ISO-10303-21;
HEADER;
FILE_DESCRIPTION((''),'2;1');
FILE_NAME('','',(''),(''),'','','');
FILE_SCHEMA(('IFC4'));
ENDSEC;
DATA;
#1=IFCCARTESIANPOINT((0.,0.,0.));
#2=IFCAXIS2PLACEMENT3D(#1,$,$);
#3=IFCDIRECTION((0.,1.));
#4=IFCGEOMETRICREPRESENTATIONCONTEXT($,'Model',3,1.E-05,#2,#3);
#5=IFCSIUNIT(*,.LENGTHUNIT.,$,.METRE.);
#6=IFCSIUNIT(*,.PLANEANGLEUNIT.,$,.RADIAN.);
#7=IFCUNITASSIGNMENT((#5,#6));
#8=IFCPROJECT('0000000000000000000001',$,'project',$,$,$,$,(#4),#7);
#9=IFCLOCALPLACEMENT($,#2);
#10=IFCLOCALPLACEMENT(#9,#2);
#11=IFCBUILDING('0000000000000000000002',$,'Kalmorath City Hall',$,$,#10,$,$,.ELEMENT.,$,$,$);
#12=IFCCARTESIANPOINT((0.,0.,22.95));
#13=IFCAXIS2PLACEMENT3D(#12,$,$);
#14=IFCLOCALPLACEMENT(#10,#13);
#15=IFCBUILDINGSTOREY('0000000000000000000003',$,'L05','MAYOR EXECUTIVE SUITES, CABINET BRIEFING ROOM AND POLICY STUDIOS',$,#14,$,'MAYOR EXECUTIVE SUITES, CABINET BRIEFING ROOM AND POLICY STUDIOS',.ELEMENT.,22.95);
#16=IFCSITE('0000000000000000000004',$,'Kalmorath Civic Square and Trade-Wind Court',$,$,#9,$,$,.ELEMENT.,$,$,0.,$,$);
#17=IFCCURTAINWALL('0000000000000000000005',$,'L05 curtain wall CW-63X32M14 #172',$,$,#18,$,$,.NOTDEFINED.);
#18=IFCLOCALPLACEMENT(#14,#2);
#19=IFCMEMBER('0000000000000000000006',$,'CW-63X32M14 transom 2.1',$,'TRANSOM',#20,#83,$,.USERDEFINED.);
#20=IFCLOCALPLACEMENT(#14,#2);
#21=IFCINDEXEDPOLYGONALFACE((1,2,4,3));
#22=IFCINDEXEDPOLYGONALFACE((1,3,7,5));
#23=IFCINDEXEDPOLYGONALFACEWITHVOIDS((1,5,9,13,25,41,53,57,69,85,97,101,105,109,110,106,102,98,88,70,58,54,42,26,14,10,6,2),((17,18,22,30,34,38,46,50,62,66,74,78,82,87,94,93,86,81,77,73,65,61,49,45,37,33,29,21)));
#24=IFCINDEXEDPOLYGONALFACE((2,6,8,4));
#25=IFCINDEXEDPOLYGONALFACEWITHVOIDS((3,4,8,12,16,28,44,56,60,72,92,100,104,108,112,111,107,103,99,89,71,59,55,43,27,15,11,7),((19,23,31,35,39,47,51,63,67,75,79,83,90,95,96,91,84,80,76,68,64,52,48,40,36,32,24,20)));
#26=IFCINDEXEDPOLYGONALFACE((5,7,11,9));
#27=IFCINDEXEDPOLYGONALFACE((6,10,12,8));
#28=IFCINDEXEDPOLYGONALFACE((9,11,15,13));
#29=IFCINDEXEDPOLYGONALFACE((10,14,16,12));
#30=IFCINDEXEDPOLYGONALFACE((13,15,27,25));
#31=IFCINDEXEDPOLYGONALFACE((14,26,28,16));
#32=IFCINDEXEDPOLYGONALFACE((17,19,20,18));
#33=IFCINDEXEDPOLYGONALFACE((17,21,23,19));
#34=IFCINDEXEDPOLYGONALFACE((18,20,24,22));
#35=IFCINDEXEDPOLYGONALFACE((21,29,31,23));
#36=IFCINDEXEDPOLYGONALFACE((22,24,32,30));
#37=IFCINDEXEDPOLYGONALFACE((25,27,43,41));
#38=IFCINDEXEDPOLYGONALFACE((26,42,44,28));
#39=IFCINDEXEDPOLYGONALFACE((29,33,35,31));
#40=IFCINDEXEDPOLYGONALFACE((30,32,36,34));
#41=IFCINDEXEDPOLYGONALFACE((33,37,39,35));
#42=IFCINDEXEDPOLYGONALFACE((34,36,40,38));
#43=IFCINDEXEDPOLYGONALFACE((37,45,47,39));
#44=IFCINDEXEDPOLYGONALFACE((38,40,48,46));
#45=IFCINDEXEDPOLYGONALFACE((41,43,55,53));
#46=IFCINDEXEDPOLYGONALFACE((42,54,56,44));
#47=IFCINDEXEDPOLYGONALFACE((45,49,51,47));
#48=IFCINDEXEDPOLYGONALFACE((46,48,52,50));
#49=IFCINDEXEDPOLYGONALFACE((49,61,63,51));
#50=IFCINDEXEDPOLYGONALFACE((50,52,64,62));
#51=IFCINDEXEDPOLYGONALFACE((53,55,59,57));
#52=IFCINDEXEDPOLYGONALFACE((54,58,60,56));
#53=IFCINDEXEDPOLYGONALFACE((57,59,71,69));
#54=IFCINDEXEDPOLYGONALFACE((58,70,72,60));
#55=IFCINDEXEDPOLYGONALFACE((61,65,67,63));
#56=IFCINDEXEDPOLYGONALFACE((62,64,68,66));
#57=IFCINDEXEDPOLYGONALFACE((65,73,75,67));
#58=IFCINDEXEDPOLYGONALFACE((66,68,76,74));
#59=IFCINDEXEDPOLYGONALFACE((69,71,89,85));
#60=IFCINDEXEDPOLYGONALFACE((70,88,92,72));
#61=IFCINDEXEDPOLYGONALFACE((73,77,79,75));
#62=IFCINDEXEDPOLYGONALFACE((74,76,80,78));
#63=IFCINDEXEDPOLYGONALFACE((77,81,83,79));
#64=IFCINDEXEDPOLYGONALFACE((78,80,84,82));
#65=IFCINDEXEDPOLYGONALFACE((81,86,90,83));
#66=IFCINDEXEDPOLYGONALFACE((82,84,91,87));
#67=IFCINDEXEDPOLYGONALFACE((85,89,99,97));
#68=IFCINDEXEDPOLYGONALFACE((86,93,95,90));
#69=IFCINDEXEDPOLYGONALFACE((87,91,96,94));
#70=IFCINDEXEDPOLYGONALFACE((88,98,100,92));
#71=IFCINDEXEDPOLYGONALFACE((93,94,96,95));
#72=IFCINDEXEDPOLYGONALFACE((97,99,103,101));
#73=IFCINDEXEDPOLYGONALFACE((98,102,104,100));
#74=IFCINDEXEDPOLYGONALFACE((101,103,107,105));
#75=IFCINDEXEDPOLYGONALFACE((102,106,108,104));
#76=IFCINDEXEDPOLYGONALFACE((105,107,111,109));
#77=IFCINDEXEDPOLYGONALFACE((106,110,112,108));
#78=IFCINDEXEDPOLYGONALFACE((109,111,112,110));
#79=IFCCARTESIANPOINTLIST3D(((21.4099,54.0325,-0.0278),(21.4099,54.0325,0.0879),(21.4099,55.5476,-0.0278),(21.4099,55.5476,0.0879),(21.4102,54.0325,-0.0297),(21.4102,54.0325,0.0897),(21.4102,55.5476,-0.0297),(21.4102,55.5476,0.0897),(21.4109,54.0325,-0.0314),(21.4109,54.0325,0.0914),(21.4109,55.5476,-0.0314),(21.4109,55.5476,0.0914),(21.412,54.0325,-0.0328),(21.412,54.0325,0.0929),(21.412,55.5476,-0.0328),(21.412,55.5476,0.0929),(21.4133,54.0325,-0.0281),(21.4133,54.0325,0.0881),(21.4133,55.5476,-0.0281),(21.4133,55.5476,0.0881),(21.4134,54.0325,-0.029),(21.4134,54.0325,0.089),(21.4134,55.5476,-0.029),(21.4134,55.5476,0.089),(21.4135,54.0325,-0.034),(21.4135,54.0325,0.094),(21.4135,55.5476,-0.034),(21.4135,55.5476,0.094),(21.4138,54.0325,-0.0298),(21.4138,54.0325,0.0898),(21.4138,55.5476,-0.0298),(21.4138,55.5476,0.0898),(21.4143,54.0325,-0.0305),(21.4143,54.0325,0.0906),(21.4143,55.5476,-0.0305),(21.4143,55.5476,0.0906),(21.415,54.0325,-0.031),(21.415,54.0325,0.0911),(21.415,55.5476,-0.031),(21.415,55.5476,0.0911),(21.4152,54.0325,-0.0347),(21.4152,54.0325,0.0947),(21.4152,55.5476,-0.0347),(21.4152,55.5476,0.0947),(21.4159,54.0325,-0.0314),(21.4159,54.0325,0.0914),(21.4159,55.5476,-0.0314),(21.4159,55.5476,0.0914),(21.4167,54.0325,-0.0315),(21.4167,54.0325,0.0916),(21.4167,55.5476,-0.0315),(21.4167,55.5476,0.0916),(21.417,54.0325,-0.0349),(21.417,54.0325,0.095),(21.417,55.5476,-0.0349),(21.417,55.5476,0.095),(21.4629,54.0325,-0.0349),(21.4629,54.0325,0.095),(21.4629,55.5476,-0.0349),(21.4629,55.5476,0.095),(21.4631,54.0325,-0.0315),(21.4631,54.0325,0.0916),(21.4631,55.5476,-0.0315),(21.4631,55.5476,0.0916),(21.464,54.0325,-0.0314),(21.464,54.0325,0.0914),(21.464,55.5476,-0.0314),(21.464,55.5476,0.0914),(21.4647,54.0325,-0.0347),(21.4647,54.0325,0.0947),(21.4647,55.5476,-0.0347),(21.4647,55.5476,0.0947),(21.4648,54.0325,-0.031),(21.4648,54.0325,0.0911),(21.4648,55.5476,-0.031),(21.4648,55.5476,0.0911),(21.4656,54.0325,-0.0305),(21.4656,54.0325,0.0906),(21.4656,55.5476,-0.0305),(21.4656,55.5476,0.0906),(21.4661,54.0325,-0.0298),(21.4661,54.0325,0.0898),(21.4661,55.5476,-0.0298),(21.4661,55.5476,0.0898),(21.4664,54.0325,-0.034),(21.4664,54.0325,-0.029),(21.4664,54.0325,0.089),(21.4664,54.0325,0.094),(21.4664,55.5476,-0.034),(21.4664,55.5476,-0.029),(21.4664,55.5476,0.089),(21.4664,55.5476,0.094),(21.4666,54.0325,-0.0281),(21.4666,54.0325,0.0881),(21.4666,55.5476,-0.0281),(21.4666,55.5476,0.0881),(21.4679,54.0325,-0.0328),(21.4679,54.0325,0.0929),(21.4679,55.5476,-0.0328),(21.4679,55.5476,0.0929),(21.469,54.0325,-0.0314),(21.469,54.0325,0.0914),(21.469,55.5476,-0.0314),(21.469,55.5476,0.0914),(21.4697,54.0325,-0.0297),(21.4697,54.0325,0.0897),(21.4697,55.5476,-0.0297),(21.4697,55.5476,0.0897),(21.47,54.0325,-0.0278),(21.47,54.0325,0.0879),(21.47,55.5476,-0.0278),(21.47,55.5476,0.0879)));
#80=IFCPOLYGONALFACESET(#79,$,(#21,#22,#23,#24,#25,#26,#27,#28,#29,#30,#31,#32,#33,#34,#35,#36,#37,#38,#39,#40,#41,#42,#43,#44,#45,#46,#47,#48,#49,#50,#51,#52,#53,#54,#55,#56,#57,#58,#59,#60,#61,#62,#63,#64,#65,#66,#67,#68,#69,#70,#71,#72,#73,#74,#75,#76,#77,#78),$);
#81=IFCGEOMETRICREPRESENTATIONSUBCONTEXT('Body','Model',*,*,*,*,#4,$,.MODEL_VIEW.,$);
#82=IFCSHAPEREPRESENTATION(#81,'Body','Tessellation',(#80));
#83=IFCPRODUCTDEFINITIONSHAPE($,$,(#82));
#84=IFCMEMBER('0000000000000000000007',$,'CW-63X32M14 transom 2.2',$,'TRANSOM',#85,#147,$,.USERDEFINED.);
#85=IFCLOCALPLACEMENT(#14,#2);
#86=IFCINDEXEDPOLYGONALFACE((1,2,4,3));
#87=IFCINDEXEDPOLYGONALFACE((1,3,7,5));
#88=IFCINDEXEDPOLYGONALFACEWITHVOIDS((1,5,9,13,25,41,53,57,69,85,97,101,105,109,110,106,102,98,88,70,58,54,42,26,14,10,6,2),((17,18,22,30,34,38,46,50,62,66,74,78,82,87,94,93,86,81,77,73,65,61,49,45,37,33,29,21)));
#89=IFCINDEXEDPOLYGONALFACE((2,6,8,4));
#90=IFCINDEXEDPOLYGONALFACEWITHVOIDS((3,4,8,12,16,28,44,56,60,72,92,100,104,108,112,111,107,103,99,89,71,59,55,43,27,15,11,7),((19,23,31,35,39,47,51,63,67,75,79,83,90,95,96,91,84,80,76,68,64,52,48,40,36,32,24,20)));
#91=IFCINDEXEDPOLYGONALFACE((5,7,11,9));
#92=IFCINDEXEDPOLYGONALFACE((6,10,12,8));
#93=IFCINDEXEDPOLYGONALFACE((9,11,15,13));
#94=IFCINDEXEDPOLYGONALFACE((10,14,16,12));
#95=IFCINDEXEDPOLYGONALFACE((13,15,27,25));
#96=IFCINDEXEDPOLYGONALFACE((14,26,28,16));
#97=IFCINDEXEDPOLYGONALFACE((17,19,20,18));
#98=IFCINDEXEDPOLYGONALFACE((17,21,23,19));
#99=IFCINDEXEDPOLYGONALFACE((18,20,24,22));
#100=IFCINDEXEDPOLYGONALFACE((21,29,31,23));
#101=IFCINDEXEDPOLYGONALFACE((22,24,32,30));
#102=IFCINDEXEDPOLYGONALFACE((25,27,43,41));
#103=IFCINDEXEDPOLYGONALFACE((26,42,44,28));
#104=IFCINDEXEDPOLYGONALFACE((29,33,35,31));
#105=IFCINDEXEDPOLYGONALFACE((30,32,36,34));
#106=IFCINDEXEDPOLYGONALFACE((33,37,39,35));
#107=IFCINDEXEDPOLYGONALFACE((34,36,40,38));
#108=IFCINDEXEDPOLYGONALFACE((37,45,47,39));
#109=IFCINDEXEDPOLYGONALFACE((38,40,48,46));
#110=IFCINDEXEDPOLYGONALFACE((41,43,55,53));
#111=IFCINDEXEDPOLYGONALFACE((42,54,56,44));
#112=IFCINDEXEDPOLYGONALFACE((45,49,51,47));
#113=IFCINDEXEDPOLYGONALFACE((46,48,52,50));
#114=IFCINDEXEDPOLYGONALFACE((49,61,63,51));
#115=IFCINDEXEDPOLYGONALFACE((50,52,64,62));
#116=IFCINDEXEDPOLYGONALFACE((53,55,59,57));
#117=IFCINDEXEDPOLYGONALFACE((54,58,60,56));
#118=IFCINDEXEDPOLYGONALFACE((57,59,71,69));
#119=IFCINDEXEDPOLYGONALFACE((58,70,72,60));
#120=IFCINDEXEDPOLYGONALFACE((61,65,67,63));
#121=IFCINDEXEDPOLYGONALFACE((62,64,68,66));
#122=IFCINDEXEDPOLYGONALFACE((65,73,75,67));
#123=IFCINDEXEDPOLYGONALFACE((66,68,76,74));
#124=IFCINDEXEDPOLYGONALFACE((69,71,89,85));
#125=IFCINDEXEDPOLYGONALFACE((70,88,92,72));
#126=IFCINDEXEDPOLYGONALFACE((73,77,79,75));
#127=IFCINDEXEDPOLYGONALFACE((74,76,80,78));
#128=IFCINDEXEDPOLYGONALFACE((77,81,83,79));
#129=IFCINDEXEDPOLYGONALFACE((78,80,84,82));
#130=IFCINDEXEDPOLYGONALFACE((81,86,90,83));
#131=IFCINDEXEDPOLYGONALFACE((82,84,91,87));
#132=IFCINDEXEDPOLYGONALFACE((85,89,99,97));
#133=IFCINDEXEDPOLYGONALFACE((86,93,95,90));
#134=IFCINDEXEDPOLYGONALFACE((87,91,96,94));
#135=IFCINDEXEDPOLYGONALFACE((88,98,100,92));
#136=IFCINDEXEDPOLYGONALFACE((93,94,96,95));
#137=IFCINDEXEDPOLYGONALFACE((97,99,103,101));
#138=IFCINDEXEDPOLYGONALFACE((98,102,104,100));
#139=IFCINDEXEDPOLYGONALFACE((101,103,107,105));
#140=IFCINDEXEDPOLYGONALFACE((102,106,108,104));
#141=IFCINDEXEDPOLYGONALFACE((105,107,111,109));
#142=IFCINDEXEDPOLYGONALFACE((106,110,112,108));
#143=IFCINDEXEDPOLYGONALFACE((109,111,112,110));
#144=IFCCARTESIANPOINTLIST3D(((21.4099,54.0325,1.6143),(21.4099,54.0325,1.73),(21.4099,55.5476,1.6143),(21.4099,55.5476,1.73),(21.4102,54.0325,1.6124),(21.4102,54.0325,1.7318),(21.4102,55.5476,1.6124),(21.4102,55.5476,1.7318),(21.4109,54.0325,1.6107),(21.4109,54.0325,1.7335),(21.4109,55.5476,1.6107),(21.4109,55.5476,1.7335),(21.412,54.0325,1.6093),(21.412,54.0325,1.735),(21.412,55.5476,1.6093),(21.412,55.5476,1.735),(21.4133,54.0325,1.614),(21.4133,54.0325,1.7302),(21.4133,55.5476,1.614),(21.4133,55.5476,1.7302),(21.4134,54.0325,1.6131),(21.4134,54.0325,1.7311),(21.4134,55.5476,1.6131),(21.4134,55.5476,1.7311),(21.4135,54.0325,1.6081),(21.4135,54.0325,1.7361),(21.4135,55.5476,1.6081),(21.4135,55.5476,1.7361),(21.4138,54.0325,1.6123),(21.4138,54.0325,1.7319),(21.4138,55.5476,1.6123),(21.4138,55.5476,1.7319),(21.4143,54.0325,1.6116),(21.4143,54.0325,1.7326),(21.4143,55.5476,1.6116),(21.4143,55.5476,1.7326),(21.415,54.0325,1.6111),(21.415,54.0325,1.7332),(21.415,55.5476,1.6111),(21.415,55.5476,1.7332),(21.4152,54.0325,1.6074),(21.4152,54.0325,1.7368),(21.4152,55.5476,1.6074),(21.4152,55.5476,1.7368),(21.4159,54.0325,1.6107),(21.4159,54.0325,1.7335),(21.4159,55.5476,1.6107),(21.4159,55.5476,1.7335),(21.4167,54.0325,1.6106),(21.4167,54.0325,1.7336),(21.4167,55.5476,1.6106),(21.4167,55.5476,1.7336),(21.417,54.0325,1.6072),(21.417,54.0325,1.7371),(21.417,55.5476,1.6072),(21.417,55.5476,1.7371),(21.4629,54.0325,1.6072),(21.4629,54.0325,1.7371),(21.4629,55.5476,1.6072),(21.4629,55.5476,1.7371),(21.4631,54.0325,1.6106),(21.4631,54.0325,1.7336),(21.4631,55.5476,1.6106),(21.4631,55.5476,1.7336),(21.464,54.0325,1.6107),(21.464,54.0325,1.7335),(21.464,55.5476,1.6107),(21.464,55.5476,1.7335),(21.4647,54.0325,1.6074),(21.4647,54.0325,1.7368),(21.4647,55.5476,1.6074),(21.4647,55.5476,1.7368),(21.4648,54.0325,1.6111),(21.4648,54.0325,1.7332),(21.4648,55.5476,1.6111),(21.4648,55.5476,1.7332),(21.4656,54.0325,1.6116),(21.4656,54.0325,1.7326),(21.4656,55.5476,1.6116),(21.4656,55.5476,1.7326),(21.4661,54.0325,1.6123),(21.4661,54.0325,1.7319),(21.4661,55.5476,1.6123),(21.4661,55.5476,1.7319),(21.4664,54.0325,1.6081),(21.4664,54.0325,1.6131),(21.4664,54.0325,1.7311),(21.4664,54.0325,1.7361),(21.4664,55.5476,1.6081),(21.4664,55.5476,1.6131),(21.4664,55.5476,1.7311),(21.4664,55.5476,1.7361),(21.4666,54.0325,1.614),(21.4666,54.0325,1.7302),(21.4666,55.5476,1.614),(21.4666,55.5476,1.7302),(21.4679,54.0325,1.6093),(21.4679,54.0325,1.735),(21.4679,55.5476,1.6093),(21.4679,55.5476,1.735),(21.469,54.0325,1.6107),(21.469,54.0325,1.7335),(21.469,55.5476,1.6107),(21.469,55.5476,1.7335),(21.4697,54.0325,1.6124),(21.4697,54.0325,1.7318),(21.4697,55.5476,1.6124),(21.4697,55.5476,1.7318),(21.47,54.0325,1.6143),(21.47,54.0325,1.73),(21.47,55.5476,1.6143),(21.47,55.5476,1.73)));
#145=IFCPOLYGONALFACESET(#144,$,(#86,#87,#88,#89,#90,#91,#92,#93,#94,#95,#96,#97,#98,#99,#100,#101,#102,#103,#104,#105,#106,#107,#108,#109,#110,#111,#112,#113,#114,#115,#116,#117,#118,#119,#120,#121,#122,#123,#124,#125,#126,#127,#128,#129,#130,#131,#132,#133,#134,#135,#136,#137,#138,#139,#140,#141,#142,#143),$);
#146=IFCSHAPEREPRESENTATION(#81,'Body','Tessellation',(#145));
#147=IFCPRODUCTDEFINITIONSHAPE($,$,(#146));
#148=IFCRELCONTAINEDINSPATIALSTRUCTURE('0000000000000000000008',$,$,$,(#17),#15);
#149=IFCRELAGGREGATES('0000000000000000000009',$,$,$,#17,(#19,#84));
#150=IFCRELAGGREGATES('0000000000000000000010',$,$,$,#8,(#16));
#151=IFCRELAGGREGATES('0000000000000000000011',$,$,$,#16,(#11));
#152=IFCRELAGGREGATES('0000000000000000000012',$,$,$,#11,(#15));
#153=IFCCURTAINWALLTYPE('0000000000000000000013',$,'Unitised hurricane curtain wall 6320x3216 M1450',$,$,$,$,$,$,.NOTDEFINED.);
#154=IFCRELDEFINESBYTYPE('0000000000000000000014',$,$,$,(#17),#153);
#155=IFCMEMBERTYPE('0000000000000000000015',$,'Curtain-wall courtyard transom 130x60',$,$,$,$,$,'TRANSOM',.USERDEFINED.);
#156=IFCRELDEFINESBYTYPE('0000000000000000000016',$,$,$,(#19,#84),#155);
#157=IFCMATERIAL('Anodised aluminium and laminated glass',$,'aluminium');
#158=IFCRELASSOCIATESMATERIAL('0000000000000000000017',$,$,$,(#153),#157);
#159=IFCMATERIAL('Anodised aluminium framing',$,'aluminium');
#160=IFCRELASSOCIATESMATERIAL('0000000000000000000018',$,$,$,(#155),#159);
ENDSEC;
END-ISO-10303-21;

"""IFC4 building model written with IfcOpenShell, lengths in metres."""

from ifc_helpers import new_model, si_unit, direction, frame, origin, origin_2d, place, context, subcontext, project, spatial, hollow_rectangle, extrude, material, material_profile, profile_set, type_object, element, aggregate, save


model = new_model("IFC4")

# Units and contexts
model_context = context("Model", 3, precision=1e-05, world=origin(), true_north=direction((0.0, 1.0)))
body_context = subcontext(model_context, "Body", "Model", "MODEL_VIEW")
ifc_project = project(units=[si_unit("LENGTHUNIT", "METRE"), si_unit("PLANEANGLEUNIT", "RADIAN")], contexts=[model_context])

# Site, building, storey
site_placement = place(None, origin())
site = spatial("IfcSite", under=ifc_project, at=site_placement, Name="Kalmorath Civic Square and Trade-Wind Court", CompositionType="ELEMENT", RefElevation=0.0)
building_placement = place(site_placement, origin())
building = spatial("IfcBuilding", under=site, at=building_placement, Name="Kalmorath City Hall", CompositionType="ELEMENT")
storey_placement = place(building_placement, frame((0.0, 0.0, 22.95)))
storey = spatial("IfcBuildingStorey", under=building, at=storey_placement, Name="L05", Description="MAYOR EXECUTIVE SUITES, CABINET BRIEFING ROOM AND POLICY STUDIOS", LongName="MAYOR EXECUTIVE SUITES, CABINET BRIEFING ROOM AND POLICY STUDIOS", CompositionType="ELEMENT", Elevation=22.95)

# Curtain wall, members
ifc_material_1 = material(Name="Anodised aluminium and laminated glass", Category="aluminium")
curtain_wall_type = type_object("IfcCurtainWallType", Name="Unitised hurricane curtain wall 6320x3216 M1450", PredefinedType="NOTDEFINED", material=ifc_material_1)
curtain_wall_placement = place(storey_placement, origin())
curtain_wall = element("IfcCurtainWall", 1, at=curtain_wall_placement, inside=storey, type_object=curtain_wall_type, Name="L05 curtain wall CW-63X32M14 #172", PredefinedType="NOTDEFINED")
ifc_material_2 = material(Name="Anodised aluminium framing", Category="aluminium")
ifc_material_profile_1 = material_profile(ifc_material_2, hollow_rectangle(XDim=0.0601, YDim=0.1299, WallThickness=0.0034, InnerFilletRadius=0.0034, OuterFilletRadius=0.0071, at=origin_2d()), Name="ALU-TRN-130X60X3.5")
ifc_profile_set_1 = profile_set([ifc_material_profile_1], Name="Anodised aluminium framing")
member_type_1 = type_object("IfcMemberType", Name="Curtain-wall courtyard transom 130x60", ElementType="TRANSOM", PredefinedType="USERDEFINED", material=ifc_profile_set_1)
member_1_placement = place(storey_placement, frame((21.4399, 55.5476, 0.03), z_axis=(0.0, -1.0, 0.0), x_axis=(1.0, 0.0, 0.0)))
member_1 = element("IfcMember", 2, at=member_1_placement, type_object=member_type_1, Name="CW-63X32M14 transom 2.1", ObjectType="TRANSOM", PredefinedType="USERDEFINED", context=body_context, shape_type="SweptSolid", body=[
    extrude(hollow_rectangle(XDim=0.0601, YDim=0.1299, WallThickness=0.0034, InnerFilletRadius=0.0034, OuterFilletRadius=0.0071, at=origin_2d()), origin(), (0.0, 0.0, 1.0), 1.5151),
])
member_2_placement = place(storey_placement, frame((21.4399, 55.5476, 1.6721), z_axis=(0.0, -1.0, 0.0), x_axis=(1.0, 0.0, 0.0)))
member_2 = element("IfcMember", 3, at=member_2_placement, type_object=member_type_1, Name="CW-63X32M14 transom 2.2", ObjectType="TRANSOM", PredefinedType="USERDEFINED", context=body_context, shape_type="SweptSolid", body=[
    extrude(hollow_rectangle(XDim=0.0601, YDim=0.1299, WallThickness=0.0034, InnerFilletRadius=0.0034, OuterFilletRadius=0.0071, at=origin_2d()), origin(), (0.0, 0.0, 1.0), 1.5151),
])

aggregate(curtain_wall, [member_1, member_2])

save(model, "model.ifc")
